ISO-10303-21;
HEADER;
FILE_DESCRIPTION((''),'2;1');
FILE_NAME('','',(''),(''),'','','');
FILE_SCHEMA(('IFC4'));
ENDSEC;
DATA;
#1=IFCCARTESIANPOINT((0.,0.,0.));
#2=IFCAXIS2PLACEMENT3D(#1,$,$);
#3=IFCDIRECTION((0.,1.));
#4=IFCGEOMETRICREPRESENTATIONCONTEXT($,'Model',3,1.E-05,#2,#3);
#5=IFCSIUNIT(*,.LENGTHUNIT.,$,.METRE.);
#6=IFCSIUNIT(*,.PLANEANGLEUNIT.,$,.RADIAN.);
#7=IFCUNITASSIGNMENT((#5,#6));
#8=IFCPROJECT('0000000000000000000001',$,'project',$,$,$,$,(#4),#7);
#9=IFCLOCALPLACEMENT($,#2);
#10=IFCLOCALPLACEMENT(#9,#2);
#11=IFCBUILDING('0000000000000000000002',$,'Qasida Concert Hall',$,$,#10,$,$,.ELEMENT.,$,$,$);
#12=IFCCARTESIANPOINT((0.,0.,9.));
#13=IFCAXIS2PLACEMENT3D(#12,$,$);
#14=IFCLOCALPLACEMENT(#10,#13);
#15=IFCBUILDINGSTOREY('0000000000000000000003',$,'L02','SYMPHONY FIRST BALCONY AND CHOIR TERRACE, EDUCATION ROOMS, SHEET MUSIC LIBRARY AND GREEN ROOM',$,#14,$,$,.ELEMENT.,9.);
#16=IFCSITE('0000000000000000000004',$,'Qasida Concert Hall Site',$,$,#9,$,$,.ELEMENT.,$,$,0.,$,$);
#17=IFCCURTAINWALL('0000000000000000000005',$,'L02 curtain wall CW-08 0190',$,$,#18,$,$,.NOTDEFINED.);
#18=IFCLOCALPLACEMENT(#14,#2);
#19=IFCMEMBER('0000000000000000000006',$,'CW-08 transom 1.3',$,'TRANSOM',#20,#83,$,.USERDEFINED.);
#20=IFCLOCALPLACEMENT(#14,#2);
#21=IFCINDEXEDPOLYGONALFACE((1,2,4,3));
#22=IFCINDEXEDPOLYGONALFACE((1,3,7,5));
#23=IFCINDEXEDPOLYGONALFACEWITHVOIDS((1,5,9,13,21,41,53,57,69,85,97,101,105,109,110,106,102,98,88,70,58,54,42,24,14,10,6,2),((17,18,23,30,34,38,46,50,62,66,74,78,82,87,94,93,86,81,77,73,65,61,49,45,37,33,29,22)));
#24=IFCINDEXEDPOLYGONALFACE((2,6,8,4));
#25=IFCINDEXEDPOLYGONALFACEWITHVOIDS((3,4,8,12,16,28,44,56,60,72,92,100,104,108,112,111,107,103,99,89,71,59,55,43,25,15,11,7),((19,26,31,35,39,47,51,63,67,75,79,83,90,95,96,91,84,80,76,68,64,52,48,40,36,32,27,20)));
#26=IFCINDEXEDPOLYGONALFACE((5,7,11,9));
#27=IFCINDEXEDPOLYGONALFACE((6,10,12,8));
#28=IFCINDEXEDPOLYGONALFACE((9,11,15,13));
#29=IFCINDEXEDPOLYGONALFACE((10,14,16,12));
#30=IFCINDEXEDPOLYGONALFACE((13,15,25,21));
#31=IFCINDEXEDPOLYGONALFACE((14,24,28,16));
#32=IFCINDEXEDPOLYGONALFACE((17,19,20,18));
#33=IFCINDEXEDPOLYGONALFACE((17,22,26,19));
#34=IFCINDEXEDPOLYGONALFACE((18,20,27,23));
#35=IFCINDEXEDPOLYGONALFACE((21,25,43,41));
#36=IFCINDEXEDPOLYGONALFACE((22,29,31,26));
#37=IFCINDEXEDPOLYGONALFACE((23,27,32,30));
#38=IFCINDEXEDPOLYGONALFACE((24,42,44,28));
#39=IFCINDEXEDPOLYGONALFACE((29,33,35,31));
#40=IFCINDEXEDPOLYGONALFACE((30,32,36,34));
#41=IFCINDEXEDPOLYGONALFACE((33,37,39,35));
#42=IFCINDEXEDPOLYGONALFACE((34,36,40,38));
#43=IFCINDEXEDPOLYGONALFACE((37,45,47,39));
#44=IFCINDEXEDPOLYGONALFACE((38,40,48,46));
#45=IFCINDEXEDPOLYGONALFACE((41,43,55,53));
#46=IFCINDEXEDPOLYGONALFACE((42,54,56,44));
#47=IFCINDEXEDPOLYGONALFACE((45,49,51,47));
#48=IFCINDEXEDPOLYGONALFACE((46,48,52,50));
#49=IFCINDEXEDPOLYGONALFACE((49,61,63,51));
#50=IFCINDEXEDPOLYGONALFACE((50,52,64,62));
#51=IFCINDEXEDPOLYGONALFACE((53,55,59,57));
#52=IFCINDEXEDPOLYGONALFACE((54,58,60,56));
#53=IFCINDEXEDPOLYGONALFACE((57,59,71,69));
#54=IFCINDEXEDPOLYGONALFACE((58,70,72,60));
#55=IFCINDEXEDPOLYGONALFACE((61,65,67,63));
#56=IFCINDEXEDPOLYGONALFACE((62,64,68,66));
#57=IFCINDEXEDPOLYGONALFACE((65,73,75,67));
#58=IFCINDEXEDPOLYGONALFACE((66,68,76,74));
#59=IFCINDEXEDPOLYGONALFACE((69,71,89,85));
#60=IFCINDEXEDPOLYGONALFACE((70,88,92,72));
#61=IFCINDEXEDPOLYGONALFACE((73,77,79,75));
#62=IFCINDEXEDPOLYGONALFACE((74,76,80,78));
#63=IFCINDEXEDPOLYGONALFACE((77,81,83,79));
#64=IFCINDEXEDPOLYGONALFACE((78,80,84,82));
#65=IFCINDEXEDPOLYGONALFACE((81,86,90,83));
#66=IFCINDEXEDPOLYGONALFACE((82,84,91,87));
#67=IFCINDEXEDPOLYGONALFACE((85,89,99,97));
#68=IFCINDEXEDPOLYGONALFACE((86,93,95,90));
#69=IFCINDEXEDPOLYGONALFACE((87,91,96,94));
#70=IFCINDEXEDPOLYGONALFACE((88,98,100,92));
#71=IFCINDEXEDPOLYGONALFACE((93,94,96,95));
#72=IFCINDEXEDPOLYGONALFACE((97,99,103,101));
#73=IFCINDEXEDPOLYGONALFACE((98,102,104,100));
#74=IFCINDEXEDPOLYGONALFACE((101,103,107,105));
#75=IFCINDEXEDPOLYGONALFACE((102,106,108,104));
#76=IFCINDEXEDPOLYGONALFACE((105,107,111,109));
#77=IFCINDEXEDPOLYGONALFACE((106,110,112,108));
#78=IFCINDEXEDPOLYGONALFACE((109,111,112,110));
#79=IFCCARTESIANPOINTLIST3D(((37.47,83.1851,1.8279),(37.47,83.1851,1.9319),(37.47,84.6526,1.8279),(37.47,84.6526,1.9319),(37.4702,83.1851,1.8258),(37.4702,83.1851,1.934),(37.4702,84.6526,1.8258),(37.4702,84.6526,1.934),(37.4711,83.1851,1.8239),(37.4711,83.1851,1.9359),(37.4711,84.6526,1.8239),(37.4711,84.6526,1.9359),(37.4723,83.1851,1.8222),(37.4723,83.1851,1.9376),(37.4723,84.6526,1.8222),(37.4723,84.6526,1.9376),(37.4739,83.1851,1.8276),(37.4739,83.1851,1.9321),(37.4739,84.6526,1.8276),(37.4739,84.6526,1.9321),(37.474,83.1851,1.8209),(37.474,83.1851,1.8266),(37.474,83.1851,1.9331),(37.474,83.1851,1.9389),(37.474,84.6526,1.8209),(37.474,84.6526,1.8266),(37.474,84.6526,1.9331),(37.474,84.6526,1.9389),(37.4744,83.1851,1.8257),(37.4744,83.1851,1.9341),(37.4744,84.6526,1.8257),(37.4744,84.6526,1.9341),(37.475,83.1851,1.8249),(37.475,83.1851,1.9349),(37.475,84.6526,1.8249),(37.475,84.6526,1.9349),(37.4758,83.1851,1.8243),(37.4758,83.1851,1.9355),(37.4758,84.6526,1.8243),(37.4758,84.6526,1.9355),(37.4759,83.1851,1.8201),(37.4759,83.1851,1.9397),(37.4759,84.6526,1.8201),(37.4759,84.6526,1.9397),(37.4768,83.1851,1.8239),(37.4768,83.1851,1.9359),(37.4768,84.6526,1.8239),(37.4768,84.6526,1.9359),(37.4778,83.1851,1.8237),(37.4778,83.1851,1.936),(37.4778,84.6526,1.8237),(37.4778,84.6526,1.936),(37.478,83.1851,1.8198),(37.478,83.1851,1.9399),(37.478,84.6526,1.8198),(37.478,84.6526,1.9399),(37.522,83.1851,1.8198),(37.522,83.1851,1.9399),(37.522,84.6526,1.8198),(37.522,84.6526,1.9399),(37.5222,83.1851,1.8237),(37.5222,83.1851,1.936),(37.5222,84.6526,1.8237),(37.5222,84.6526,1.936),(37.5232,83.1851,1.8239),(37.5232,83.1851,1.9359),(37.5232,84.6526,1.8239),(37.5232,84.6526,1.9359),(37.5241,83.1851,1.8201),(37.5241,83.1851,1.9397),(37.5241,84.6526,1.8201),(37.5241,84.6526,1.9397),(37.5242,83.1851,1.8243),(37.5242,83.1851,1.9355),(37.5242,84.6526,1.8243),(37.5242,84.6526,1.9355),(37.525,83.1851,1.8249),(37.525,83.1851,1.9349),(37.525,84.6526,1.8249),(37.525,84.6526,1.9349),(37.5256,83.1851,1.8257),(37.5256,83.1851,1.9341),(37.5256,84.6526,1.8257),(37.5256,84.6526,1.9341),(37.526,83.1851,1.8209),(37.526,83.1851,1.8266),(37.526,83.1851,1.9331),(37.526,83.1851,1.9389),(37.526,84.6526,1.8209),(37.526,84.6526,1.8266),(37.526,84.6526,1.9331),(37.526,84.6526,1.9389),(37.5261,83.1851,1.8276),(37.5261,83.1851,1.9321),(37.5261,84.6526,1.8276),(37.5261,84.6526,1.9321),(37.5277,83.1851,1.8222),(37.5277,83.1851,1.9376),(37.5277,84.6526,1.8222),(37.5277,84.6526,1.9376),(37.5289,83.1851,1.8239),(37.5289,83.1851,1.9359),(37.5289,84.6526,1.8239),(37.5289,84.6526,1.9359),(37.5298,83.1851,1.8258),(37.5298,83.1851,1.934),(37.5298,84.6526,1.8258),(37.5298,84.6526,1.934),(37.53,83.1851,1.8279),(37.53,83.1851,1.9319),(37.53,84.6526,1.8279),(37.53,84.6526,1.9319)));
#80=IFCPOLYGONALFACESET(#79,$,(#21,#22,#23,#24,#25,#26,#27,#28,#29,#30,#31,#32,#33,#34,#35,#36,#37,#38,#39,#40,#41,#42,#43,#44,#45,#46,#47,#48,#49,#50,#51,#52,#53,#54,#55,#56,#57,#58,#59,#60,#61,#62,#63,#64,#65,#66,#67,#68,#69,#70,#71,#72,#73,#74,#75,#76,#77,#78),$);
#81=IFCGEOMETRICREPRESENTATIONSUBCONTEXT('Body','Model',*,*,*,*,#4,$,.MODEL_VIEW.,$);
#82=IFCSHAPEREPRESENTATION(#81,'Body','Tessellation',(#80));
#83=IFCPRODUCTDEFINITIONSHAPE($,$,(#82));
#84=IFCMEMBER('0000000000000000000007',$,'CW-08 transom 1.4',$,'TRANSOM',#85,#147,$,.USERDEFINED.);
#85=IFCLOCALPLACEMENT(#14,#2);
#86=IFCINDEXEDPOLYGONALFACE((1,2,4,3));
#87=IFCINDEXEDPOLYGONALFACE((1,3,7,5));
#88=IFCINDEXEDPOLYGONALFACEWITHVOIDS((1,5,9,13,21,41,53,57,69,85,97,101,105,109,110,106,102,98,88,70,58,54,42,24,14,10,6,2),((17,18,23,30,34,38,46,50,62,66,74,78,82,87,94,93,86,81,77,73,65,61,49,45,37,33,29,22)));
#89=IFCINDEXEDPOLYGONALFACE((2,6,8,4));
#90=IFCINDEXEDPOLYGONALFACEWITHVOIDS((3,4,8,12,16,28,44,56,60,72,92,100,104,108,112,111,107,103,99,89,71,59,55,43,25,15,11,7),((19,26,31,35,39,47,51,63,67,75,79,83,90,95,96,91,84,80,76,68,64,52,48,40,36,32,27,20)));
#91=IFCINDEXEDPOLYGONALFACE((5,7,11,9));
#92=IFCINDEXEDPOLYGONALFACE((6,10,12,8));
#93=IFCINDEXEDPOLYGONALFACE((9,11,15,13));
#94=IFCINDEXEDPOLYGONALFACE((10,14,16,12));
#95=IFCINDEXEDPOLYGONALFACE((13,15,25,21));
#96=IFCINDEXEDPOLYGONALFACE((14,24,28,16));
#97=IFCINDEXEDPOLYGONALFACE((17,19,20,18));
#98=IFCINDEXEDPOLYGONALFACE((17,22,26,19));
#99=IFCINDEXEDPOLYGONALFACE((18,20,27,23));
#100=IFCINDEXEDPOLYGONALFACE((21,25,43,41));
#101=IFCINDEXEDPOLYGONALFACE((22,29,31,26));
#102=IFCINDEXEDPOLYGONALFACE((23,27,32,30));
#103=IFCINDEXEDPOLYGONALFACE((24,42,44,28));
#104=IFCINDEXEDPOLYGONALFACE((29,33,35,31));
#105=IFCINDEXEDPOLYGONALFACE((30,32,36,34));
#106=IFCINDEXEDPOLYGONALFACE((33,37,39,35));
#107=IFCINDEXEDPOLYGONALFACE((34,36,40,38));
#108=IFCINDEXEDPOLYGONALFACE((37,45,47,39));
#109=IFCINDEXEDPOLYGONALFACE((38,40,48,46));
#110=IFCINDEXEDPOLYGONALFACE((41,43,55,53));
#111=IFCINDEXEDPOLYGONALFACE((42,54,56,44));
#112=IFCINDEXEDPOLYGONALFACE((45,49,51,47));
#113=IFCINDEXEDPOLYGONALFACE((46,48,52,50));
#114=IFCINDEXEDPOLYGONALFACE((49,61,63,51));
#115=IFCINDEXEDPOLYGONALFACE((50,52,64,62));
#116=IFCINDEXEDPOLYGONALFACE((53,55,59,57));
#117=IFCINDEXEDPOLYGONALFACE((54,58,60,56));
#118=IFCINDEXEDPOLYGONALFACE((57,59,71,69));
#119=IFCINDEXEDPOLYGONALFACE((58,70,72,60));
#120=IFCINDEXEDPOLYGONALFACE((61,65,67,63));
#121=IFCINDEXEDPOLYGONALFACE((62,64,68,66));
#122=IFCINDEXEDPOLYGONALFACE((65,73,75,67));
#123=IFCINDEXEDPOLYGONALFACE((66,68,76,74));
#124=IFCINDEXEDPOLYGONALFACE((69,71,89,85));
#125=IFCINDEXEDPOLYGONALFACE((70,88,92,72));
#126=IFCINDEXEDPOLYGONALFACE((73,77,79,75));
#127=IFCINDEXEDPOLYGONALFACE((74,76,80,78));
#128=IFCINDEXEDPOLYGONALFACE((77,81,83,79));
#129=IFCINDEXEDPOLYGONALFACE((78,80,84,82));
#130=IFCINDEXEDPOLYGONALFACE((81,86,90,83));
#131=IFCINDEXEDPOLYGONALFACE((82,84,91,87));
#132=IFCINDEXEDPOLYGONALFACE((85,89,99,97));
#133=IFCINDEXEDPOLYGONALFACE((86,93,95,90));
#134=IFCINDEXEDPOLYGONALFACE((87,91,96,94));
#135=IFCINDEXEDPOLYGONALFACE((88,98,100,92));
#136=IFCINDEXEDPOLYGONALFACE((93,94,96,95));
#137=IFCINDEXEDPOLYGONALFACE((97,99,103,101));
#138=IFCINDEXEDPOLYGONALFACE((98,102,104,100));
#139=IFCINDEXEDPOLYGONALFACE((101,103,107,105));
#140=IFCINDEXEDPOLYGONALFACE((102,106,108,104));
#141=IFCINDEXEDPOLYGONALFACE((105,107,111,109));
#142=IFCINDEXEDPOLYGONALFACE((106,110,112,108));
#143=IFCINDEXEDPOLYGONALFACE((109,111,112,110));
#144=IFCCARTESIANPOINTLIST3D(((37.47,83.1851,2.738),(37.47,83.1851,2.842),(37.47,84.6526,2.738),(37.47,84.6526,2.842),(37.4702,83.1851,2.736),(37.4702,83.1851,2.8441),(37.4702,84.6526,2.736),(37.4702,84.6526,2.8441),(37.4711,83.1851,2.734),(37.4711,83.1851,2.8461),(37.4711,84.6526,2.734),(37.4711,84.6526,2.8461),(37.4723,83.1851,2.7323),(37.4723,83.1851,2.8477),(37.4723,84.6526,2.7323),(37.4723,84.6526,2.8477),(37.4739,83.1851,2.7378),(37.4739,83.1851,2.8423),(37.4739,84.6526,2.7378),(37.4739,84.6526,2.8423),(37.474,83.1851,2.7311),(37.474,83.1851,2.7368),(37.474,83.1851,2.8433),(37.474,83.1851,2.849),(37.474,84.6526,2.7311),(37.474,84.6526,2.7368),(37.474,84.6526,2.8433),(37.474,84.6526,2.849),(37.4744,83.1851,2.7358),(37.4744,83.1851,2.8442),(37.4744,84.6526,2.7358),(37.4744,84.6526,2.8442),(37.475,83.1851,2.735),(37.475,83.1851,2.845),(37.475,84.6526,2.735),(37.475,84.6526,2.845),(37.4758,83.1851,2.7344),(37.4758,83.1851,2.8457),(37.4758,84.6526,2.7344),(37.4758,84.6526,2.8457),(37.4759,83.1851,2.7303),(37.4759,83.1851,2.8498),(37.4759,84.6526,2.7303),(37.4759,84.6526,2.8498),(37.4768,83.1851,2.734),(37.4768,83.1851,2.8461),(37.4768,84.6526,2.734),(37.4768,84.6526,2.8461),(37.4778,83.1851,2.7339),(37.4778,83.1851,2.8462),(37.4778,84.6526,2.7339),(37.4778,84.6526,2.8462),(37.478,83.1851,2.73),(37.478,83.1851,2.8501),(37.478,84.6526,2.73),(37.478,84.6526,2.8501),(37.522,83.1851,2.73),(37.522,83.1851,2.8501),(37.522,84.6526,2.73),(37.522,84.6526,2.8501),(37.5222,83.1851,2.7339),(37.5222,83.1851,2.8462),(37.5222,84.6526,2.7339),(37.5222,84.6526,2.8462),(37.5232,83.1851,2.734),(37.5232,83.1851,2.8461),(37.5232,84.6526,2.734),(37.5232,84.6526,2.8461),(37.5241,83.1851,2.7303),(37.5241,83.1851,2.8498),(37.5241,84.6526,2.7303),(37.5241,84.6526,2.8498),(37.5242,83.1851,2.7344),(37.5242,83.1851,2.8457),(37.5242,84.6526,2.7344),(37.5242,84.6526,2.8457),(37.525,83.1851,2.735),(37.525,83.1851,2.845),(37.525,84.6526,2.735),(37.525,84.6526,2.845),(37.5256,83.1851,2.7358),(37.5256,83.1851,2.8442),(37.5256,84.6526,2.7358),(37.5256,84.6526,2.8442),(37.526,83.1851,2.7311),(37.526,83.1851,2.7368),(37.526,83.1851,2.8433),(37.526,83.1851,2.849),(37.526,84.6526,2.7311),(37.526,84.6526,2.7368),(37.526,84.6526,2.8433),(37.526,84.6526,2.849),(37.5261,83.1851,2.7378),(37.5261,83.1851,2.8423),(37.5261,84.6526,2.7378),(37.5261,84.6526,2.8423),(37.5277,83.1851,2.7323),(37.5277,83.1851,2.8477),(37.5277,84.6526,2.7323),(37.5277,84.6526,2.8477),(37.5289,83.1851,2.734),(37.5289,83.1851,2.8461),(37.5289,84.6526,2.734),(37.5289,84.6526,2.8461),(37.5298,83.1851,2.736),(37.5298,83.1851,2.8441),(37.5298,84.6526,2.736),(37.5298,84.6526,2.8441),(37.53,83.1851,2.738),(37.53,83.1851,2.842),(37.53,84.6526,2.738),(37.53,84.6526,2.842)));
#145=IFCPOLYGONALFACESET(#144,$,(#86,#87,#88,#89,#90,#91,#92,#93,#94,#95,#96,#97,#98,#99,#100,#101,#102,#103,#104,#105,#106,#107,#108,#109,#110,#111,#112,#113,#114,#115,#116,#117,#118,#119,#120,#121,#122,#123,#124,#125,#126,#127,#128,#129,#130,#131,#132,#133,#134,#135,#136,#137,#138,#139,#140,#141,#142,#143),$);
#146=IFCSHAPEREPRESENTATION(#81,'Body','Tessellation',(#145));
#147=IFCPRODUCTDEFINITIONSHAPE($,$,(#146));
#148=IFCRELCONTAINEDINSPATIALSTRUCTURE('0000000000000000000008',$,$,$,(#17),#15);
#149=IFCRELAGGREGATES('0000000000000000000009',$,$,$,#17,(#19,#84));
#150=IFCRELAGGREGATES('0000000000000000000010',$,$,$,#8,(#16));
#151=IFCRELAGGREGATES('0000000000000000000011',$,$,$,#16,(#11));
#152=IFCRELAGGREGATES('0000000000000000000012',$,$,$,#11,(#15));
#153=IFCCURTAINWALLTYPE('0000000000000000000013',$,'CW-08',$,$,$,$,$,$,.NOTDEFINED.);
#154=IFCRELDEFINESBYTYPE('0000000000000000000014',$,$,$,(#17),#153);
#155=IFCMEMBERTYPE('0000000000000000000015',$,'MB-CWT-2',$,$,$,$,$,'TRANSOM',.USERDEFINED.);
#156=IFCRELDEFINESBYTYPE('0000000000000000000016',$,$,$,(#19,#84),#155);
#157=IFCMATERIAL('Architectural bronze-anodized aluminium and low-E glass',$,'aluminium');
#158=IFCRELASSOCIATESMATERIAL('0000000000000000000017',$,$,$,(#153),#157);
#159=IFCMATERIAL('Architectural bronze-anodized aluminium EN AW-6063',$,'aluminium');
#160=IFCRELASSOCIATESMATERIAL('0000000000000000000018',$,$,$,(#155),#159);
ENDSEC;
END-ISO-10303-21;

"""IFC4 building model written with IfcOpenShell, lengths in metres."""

from ifc_helpers import new_model, si_unit, direction, frame, origin, origin_2d, place, context, subcontext, project, spatial, hollow_rectangle, extrude, material, material_profile, profile_set, type_object, element, aggregate, save


model = new_model("IFC4")

# Units and contexts
model_context = context("Model", 3, precision=1e-05, world=origin(), true_north=direction((0.0, 1.0)))
body_context = subcontext(model_context, "Body", "Model", "MODEL_VIEW")
ifc_project = project(units=[si_unit("LENGTHUNIT", "METRE"), si_unit("PLANEANGLEUNIT", "RADIAN")], contexts=[model_context])

# Site, building, storey
site_placement = place(None, origin())
site = spatial("IfcSite", under=ifc_project, at=site_placement, Name="Qasida Concert Hall Site", CompositionType="ELEMENT", RefElevation=0.0)
building_placement = place(site_placement, origin())
building = spatial("IfcBuilding", under=site, at=building_placement, Name="Qasida Concert Hall", CompositionType="ELEMENT")
storey_placement = place(building_placement, frame((0.0, 0.0, 9.0)))
storey = spatial("IfcBuildingStorey", under=building, at=storey_placement, Name="L02", Description="SYMPHONY FIRST BALCONY AND CHOIR TERRACE, EDUCATION ROOMS, SHEET MUSIC LIBRARY AND GREEN ROOM", CompositionType="ELEMENT", Elevation=9.0)

# Curtain wall, members
ifc_material_1 = material(Name="Architectural bronze-anodized aluminium and low-E glass", Category="aluminium")
curtain_wall_type = type_object("IfcCurtainWallType", Name="CW-08", PredefinedType="NOTDEFINED", material=ifc_material_1)
curtain_wall_placement = place(storey_placement, origin())
curtain_wall = element("IfcCurtainWall", 1, at=curtain_wall_placement, inside=storey, type_object=curtain_wall_type, Name="L02 curtain wall CW-08 0190", PredefinedType="NOTDEFINED")
ifc_material_2 = material(Name="Architectural bronze-anodized aluminium EN AW-6063", Category="aluminium")
ifc_material_profile_1 = material_profile(ifc_material_2, hollow_rectangle(XDim=0.0601, YDim=0.1201, WallThickness=0.0039, InnerFilletRadius=0.0039, OuterFilletRadius=0.0081, at=origin_2d()), Name="CWT 120x60x4")
ifc_profile_set_1 = profile_set([ifc_material_profile_1], Name="Architectural bronze-anodized aluminium EN AW-6063")
member_type_1 = type_object("IfcMemberType", Name="MB-CWT-2", ElementType="TRANSOM", PredefinedType="USERDEFINED", material=ifc_profile_set_1)
member_1_placement = place(storey_placement, frame((37.5, 83.1851, 1.8799), z_axis=(0.0, 1.0, 0.0), x_axis=(-1.0, 0.0, 0.0)))
member_1 = element("IfcMember", 2, at=member_1_placement, type_object=member_type_1, Name="CW-08 transom 1.3", ObjectType="TRANSOM", PredefinedType="USERDEFINED", context=body_context, shape_type="SweptSolid", body=[
    extrude(hollow_rectangle(XDim=0.0601, YDim=0.1201, WallThickness=0.0039, InnerFilletRadius=0.0039, OuterFilletRadius=0.0081, at=origin_2d()), origin(), (0.0, 0.0, 1.0), 1.4675),
])
member_2_placement = place(storey_placement, frame((37.5, 83.1851, 2.79), z_axis=(0.0, 1.0, 0.0), x_axis=(-1.0, 0.0, 0.0)))
member_2 = element("IfcMember", 3, at=member_2_placement, type_object=member_type_1, Name="CW-08 transom 1.4", ObjectType="TRANSOM", PredefinedType="USERDEFINED", context=body_context, shape_type="SweptSolid", body=[
    extrude(hollow_rectangle(XDim=0.0601, YDim=0.1201, WallThickness=0.0039, InnerFilletRadius=0.0039, OuterFilletRadius=0.0081, at=origin_2d()), origin(), (0.0, 0.0, 1.0), 1.4675),
])
aggregate(curtain_wall, [member_1, member_2])

save(model, "model.ifc")
